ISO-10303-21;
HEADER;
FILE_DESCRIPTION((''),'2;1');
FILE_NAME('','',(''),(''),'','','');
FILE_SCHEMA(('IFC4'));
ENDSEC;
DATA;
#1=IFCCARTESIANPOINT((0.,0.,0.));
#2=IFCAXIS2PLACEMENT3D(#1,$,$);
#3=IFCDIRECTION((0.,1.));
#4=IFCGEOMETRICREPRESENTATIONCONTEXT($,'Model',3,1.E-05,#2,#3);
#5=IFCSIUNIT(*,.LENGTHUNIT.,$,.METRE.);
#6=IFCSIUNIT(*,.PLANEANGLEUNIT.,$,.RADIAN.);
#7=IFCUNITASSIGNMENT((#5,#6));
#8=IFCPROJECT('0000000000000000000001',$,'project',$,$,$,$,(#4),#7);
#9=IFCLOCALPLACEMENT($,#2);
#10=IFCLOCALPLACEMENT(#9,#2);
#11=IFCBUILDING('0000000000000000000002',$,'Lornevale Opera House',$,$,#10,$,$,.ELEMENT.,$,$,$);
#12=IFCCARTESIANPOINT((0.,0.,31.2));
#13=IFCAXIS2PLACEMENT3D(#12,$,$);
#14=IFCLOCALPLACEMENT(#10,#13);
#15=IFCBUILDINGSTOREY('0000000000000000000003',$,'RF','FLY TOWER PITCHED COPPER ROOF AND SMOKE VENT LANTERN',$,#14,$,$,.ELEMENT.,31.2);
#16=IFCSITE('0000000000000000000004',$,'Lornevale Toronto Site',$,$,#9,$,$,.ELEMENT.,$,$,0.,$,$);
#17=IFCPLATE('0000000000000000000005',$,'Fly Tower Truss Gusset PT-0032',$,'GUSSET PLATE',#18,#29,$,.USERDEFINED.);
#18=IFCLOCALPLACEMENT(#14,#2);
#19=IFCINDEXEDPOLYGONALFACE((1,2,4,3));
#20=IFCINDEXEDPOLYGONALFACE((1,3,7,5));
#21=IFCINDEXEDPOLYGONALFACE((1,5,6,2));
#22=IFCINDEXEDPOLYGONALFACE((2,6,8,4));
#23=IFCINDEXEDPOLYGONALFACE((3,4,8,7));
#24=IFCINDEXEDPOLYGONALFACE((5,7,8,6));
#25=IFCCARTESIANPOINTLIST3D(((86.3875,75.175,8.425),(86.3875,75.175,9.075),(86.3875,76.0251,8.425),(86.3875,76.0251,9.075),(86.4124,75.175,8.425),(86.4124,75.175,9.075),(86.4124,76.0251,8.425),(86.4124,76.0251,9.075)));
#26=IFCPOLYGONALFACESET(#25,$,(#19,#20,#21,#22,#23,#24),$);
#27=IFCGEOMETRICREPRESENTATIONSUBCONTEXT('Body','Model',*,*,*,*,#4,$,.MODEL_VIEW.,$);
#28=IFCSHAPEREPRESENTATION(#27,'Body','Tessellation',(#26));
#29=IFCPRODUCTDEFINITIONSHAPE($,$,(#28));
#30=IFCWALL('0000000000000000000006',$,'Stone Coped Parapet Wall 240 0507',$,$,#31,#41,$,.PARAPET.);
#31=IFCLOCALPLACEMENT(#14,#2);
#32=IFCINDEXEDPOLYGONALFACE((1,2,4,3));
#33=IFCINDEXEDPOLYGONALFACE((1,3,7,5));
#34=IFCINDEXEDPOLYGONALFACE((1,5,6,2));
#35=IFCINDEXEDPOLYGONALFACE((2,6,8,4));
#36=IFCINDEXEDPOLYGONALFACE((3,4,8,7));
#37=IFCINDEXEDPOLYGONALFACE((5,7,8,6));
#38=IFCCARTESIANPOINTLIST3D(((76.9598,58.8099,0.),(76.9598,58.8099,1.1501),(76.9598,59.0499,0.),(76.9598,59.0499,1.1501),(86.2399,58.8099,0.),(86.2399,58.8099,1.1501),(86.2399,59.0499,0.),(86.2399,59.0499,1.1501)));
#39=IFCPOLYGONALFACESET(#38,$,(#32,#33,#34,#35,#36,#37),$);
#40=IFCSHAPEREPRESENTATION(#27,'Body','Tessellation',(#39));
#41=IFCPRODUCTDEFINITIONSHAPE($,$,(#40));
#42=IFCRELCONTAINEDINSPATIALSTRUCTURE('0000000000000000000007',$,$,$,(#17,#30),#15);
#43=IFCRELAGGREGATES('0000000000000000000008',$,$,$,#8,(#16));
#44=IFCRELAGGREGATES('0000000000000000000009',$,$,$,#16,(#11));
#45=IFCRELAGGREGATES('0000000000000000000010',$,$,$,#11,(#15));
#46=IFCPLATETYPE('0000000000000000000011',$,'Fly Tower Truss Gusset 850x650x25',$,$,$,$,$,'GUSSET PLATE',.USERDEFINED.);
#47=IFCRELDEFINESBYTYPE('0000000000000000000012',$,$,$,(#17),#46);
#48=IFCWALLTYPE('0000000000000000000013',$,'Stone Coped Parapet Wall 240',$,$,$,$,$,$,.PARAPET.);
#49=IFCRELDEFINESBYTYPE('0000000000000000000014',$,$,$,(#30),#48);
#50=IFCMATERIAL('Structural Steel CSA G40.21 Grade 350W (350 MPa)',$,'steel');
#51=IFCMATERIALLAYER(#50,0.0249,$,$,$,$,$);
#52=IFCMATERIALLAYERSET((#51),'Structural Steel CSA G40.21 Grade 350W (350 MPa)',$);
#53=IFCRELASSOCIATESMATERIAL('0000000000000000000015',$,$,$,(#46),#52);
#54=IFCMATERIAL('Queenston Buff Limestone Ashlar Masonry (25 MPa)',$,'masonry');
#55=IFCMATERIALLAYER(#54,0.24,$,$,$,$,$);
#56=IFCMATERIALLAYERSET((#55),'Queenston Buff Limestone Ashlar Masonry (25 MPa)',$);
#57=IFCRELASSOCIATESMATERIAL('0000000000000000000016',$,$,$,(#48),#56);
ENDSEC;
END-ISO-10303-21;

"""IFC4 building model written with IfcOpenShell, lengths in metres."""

from ifc_helpers import new_model, si_unit, direction, frame, frame_2d, origin, origin_2d, place, context, subcontext, project, spatial, rectangle, extrude, material, layer, layer_set, type_object, element, save


model = new_model("IFC4")

# Units and contexts
model_context = context("Model", 3, precision=1e-05, world=origin(), true_north=direction((0.0, 1.0)))
body_context = subcontext(model_context, "Body", "Model", "MODEL_VIEW")
ifc_project = project(units=[si_unit("LENGTHUNIT", "METRE"), si_unit("PLANEANGLEUNIT", "RADIAN")], contexts=[model_context])

# Site, building, storey
site_placement = place(None, origin())
site = spatial("IfcSite", under=ifc_project, at=site_placement, Name="Lornevale Toronto Site", CompositionType="ELEMENT", RefElevation=0.0)
building_placement = place(site_placement, origin())
building = spatial("IfcBuilding", under=site, at=building_placement, Name="Lornevale Opera House", CompositionType="ELEMENT")
storey_placement = place(building_placement, frame((0.0, 0.0, 31.2)))
storey = spatial("IfcBuildingStorey", under=building, at=storey_placement, Name="RF", Description="FLY TOWER PITCHED COPPER ROOF AND SMOKE VENT LANTERN", CompositionType="ELEMENT", Elevation=31.2)

# Shared definitions
ifc_material_1 = material(Name="Structural Steel CSA G40.21 Grade 350W (350 MPa)", Category="steel")

# Plate
ifc_layer_1 = layer(ifc_material_1, 0.0249)
ifc_layer_set_1 = layer_set([ifc_layer_1], Name="Structural Steel CSA G40.21 Grade 350W (350 MPa)")
plate_type = type_object("IfcPlateType", Name="Fly Tower Truss Gusset 850x650x25", ElementType="GUSSET PLATE", PredefinedType="USERDEFINED", material=ifc_layer_set_1)
plate_placement = place(storey_placement, frame((86.3999, 75.6001, 8.425), z_axis=(0.0, 0.0, 1.0), x_axis=(0.0, 1.0, 0.0)))
element("IfcPlate", 1, at=plate_placement, inside=storey, type_object=plate_type, Name="Fly Tower Truss Gusset PT-0032", ObjectType="GUSSET PLATE", PredefinedType="USERDEFINED", context=body_context, shape_type="SweptSolid", body=[
    extrude(rectangle(XDim=0.8501, YDim=0.0249, at=origin_2d()), origin(), (0.0, 0.0, 1.0), 0.6499),
])

# Wall
ifc_material_2 = material(Name="Queenston Buff Limestone Ashlar Masonry (25 MPa)", Category="masonry")
ifc_layer_2 = layer(ifc_material_2, 0.24)
ifc_layer_set_2 = layer_set([ifc_layer_2], Name="Queenston Buff Limestone Ashlar Masonry (25 MPa)")
wall_type = type_object("IfcWallType", Name="Stone Coped Parapet Wall 240", PredefinedType="PARAPET", material=ifc_layer_set_2)
wall_placement = place(storey_placement, frame((86.24, 58.9299, 0.0), z_axis=(0.0, 0.0, 1.0), x_axis=(-1.0, 0.0, 0.0)))
element("IfcWall", 2, at=wall_placement, inside=storey, type_object=wall_type, Name="Stone Coped Parapet Wall 240 0507", PredefinedType="PARAPET", context=body_context, shape_type="SweptSolid", body=[
    extrude(rectangle(XDim=9.28, YDim=0.24, at=frame_2d((4.6401, 0.0))), origin(), (0.0, 0.0, 1.0), 1.1501),
])

save(model, "model.ifc")
